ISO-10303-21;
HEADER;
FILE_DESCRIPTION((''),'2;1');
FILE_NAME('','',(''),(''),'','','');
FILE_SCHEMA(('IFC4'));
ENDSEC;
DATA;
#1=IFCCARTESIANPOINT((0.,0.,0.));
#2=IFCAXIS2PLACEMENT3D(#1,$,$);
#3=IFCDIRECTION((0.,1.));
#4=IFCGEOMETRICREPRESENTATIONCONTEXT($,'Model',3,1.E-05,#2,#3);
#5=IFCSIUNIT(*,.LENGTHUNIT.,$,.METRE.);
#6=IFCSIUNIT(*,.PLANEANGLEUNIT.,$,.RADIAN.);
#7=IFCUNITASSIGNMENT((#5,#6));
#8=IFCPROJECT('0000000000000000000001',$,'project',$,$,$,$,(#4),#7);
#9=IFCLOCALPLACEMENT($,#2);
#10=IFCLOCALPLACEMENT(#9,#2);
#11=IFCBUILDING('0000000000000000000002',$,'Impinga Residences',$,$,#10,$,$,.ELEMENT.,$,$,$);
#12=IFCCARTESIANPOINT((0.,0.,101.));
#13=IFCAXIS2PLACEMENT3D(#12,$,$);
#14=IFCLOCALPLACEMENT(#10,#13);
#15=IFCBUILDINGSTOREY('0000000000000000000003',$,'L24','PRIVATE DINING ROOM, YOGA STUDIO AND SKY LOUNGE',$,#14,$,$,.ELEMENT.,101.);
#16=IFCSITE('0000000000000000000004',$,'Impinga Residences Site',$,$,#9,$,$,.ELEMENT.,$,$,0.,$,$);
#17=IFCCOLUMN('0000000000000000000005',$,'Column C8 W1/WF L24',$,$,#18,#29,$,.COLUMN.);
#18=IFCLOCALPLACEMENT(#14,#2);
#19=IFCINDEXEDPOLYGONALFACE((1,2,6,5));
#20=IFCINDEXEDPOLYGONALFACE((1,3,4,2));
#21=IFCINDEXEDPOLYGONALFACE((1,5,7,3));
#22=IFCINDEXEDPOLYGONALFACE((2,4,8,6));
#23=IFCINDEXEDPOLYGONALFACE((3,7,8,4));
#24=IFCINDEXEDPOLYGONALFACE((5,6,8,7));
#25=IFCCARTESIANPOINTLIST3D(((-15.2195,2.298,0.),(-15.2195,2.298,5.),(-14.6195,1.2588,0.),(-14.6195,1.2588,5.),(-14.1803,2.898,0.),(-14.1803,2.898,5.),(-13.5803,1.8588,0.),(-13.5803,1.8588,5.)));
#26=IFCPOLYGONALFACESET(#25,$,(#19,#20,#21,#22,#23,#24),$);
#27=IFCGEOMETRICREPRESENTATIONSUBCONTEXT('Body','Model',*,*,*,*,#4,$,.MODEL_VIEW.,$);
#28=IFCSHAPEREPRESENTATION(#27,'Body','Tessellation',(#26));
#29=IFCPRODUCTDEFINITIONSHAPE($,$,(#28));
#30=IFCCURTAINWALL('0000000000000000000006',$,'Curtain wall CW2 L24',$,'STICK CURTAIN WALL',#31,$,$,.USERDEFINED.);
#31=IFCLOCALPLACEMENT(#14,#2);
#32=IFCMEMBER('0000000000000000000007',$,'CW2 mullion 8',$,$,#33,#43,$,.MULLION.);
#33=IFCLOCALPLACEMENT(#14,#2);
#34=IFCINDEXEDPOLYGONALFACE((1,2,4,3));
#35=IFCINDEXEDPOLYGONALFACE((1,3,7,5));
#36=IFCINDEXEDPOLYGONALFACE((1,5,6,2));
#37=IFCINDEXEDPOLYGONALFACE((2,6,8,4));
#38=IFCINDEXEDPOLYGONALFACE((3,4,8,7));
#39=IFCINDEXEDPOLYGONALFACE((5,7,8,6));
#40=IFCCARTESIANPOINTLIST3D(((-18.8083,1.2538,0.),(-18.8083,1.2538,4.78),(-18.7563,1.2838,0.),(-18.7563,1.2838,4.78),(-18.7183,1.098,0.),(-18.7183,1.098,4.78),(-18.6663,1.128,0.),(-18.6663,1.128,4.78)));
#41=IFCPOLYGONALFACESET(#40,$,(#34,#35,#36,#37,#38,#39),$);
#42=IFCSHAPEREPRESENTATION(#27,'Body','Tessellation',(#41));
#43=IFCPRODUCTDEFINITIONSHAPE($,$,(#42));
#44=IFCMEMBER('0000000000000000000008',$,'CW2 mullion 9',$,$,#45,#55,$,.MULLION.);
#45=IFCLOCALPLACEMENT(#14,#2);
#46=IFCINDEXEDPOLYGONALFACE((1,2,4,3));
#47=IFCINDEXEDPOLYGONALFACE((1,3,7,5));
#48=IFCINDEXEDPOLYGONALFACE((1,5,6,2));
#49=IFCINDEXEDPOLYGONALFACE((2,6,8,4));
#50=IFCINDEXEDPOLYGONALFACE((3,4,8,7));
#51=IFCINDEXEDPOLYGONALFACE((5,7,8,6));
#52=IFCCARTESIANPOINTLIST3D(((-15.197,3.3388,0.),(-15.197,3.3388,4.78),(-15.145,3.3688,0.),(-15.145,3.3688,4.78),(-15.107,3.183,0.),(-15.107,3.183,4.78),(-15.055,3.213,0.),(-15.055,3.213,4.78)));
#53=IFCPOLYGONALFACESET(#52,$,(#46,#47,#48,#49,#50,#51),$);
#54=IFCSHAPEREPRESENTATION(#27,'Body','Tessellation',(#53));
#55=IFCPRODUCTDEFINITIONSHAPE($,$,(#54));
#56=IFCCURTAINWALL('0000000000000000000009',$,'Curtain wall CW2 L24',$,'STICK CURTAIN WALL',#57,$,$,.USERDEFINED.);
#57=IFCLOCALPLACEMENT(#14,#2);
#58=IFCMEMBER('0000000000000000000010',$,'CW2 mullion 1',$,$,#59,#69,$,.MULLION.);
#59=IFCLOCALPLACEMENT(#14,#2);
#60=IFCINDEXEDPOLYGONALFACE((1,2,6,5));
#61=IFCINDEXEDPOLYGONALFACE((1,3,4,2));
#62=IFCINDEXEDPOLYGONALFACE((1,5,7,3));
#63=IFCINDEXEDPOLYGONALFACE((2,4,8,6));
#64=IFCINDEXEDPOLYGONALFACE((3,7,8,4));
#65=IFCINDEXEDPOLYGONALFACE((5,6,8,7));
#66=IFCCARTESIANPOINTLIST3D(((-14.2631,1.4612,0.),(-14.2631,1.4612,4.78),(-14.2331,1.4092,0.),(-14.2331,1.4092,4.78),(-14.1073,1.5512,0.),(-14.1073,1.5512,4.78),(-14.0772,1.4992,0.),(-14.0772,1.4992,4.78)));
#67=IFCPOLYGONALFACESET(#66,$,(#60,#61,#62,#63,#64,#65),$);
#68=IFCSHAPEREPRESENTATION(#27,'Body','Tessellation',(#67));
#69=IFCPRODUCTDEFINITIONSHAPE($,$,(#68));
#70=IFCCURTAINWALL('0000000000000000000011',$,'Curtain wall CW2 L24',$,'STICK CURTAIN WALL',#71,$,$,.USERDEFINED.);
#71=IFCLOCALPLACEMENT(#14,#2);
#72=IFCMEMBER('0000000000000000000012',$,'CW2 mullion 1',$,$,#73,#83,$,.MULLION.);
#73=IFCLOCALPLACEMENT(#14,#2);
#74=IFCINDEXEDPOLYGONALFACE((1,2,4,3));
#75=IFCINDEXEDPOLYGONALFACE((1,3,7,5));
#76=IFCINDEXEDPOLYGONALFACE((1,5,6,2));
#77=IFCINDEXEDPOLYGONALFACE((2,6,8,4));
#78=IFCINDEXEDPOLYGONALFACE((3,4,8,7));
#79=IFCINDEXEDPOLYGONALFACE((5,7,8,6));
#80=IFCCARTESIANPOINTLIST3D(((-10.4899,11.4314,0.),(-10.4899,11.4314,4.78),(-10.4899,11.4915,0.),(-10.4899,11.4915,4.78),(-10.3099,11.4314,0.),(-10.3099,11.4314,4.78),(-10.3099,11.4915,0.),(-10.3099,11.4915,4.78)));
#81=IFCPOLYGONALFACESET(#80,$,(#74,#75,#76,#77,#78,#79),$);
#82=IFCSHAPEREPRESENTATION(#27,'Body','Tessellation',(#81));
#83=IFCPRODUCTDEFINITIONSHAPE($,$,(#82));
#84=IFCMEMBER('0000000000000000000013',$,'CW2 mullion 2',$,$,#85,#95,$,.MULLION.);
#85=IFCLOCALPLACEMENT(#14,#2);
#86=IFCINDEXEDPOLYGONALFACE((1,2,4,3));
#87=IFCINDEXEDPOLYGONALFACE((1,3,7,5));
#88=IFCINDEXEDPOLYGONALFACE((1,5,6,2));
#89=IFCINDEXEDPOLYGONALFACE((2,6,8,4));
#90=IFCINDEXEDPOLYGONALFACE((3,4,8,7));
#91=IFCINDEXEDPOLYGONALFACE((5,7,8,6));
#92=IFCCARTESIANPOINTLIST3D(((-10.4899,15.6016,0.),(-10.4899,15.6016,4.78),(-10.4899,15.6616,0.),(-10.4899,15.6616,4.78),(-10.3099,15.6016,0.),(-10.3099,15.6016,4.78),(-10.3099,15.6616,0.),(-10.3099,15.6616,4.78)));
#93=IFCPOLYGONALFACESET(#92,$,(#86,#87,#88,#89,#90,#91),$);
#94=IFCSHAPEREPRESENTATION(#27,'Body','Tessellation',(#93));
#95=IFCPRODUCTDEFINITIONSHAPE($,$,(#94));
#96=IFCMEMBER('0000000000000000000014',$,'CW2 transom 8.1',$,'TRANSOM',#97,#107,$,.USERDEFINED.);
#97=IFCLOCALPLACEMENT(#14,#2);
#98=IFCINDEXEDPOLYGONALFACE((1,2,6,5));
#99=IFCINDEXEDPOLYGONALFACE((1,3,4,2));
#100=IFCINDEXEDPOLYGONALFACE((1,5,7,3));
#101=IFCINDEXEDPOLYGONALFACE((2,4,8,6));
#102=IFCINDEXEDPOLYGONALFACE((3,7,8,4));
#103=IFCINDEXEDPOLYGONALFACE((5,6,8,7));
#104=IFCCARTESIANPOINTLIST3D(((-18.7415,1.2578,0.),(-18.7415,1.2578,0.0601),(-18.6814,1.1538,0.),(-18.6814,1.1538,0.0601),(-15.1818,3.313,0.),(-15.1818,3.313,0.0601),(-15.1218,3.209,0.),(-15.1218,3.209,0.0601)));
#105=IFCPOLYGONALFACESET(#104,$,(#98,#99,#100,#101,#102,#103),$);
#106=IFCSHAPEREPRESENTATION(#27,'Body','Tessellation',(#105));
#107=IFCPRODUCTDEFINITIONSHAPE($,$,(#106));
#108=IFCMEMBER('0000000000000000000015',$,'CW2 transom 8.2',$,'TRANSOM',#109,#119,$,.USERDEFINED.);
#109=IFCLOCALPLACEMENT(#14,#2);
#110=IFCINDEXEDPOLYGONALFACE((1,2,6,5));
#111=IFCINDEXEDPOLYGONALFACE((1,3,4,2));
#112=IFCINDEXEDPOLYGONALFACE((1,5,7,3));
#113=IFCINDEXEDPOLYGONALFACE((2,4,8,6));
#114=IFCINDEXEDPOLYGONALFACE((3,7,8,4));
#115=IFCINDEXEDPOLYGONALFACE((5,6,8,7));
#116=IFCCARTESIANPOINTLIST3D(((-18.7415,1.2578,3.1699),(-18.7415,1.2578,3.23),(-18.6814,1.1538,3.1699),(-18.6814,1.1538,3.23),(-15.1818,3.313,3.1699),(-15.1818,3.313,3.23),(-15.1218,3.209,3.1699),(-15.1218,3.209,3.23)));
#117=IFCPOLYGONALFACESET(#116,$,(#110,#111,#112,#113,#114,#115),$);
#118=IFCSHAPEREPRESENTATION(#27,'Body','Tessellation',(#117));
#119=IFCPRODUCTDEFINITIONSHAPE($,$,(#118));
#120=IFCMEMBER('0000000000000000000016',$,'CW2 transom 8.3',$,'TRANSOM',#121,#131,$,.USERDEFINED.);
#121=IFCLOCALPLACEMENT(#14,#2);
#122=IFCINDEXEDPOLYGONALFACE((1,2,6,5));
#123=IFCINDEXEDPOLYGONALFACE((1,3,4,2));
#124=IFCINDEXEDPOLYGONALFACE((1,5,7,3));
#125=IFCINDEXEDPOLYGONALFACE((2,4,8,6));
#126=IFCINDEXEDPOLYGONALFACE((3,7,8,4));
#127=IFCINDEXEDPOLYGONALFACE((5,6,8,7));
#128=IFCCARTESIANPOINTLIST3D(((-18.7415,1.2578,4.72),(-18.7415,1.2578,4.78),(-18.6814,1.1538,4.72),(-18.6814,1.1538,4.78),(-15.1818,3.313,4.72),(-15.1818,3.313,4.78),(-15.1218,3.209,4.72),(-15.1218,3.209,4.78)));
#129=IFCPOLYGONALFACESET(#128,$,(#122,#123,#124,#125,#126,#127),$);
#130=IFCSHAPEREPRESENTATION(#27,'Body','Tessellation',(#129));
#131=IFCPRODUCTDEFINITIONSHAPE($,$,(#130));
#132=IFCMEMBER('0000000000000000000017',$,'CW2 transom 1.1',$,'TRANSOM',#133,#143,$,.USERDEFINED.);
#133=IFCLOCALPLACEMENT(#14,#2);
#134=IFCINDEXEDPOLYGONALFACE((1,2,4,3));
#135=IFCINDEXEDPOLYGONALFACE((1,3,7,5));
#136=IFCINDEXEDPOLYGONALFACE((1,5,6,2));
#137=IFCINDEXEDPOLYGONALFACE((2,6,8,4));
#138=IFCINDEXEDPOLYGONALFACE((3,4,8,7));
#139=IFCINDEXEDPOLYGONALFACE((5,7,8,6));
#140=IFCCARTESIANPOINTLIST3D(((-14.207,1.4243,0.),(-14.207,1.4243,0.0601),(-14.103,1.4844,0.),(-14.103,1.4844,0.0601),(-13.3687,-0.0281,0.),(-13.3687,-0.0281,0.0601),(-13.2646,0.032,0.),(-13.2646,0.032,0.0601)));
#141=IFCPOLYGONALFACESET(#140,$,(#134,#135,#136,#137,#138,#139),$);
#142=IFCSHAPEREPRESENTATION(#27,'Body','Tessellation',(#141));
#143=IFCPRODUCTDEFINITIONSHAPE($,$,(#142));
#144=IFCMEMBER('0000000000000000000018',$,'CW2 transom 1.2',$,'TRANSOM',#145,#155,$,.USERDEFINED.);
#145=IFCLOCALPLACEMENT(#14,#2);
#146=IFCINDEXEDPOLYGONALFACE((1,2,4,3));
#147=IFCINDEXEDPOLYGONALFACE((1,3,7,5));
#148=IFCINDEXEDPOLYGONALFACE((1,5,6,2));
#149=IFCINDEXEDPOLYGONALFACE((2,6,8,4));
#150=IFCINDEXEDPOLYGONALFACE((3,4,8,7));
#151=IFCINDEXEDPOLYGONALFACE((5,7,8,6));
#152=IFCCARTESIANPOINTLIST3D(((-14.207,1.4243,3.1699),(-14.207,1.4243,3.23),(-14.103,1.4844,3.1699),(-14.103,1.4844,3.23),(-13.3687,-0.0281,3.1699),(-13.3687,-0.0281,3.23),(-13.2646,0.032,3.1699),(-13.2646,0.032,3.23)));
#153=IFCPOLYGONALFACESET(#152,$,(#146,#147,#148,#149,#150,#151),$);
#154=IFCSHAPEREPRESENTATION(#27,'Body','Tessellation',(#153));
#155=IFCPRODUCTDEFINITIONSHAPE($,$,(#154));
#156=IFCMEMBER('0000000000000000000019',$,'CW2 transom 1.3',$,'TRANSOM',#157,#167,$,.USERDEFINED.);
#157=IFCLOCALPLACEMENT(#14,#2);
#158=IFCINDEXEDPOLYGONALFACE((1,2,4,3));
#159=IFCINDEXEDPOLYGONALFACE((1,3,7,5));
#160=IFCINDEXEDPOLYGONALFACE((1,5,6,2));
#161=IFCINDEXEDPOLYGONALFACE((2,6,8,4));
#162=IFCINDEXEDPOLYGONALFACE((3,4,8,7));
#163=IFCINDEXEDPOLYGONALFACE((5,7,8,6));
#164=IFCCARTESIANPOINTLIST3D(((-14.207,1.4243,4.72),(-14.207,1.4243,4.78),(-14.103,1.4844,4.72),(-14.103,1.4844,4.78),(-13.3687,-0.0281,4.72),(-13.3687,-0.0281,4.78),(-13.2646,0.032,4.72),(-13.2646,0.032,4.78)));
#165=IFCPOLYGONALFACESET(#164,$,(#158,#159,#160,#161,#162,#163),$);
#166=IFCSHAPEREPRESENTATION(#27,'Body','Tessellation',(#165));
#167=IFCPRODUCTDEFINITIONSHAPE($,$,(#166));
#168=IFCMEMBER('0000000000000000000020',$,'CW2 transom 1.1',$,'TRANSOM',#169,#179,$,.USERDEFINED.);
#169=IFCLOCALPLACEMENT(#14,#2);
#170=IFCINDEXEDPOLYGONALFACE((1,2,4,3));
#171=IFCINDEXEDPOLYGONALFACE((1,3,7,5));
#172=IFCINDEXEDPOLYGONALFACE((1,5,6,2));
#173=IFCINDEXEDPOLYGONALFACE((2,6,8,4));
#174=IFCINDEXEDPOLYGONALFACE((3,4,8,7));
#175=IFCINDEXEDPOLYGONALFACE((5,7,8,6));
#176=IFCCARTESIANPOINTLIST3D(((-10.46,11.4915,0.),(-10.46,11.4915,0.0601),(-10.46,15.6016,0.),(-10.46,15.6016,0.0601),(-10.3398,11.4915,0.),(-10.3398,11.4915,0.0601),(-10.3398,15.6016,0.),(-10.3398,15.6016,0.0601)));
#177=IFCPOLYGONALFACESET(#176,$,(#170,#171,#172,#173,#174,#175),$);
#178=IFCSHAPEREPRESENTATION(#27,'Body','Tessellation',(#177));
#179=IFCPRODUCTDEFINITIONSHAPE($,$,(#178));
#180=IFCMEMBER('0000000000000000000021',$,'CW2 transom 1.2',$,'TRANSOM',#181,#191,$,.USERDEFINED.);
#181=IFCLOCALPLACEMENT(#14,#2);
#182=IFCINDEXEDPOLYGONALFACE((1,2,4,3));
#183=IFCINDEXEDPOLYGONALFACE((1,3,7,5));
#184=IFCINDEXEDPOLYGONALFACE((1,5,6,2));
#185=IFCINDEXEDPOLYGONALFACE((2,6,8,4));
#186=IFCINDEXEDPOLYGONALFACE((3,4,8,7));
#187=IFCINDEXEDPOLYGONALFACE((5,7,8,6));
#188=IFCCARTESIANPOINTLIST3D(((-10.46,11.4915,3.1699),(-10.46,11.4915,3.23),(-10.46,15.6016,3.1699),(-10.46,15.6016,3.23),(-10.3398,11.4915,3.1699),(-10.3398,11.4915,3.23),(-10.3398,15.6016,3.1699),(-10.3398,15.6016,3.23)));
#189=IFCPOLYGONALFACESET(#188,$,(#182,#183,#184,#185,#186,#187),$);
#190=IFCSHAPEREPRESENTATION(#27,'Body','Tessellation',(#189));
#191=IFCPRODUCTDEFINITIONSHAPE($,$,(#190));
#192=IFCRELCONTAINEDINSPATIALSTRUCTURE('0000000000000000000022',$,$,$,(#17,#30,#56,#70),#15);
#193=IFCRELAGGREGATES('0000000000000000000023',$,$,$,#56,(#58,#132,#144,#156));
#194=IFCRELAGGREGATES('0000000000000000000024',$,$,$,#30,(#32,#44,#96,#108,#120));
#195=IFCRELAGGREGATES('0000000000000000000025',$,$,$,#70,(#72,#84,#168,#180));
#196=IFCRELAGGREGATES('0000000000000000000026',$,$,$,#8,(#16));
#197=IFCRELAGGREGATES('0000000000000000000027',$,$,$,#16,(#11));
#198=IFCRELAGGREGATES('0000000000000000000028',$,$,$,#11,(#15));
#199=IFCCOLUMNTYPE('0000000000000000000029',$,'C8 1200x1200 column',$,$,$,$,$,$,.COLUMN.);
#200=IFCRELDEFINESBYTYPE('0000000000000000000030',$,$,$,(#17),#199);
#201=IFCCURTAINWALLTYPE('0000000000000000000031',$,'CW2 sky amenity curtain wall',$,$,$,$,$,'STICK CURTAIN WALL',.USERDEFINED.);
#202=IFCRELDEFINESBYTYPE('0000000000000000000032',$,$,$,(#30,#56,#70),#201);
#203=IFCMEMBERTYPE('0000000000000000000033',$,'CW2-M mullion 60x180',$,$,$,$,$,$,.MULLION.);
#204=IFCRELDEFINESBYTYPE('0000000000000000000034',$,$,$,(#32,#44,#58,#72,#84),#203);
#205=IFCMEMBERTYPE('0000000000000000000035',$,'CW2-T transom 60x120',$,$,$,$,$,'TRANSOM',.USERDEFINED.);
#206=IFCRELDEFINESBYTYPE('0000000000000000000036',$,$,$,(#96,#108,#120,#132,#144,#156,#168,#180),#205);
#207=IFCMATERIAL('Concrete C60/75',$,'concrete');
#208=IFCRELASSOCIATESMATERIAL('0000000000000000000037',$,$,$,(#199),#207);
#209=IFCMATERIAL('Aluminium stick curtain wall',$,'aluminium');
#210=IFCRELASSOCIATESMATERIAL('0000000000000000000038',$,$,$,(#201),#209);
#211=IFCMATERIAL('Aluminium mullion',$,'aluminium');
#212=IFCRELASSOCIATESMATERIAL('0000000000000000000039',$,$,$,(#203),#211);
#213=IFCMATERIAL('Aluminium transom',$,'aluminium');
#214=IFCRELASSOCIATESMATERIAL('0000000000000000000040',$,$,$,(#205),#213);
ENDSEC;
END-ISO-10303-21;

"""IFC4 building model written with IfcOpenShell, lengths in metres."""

from ifc_helpers import new_model, si_unit, direction, frame, origin, origin_2d, place, context, subcontext, project, spatial, rectangle, extrude, material, material_profile, profile_set, type_object, element, aggregate, save


model = new_model("IFC4")

# Units and contexts
model_context = context("Model", 3, precision=1e-05, world=origin(), true_north=direction((0.0, 1.0)))
body_context = subcontext(model_context, "Body", "Model", "MODEL_VIEW")
ifc_project = project(units=[si_unit("LENGTHUNIT", "METRE"), si_unit("PLANEANGLEUNIT", "RADIAN")], contexts=[model_context])

# Site, building, storey
site_placement = place(None, origin())
site = spatial("IfcSite", under=ifc_project, at=site_placement, Name="Impinga Residences Site", CompositionType="ELEMENT", RefElevation=0.0)
building_placement = place(site_placement, origin())
building = spatial("IfcBuilding", under=site, at=building_placement, Name="Impinga Residences", CompositionType="ELEMENT")
storey_placement = place(building_placement, frame((0.0, 0.0, 101.0)))
storey = spatial("IfcBuildingStorey", under=building, at=storey_placement, Name="L24", Description="PRIVATE DINING ROOM, YOGA STUDIO AND SKY LOUNGE", CompositionType="ELEMENT", Elevation=101.0)

# Column
ifc_material_1 = material(Name="Concrete C60/75", Category="concrete")
ifc_material_profile_1 = material_profile(ifc_material_1, rectangle(XDim=1.2, YDim=1.2, at=origin_2d()), Name="RC 1200x1200")
ifc_profile_set_1 = profile_set([ifc_material_profile_1], Name="Concrete C60/75")
column_type = type_object("IfcColumnType", Name="C8 1200x1200 column", PredefinedType="COLUMN", material=ifc_profile_set_1)
column_placement = place(storey_placement, frame((-14.3999, 2.0784, 0.0), z_axis=(0.0, 0.0, 1.0), x_axis=(-0.5, 0.866025, 0.0)))
element("IfcColumn", 1, at=column_placement, inside=storey, type_object=column_type, Name="Column C8 W1/WF L24", PredefinedType="COLUMN", context=body_context, shape_type="SweptSolid", body=[
    extrude(rectangle(XDim=1.2, YDim=1.2, at=origin_2d()), origin(), (0.0, 0.0, 1.0), 5.0),
])

# Curtain wall, members
ifc_material_2 = material(Name="Aluminium stick curtain wall", Category="aluminium")
curtain_wall_type = type_object("IfcCurtainWallType", Name="CW2 sky amenity curtain wall", ElementType="STICK CURTAIN WALL", PredefinedType="USERDEFINED", material=ifc_material_2)
curtain_wall_1_placement = place(storey_placement, origin())
curtain_wall_1 = element("IfcCurtainWall", 2, at=curtain_wall_1_placement, inside=storey, type_object=curtain_wall_type, Name="Curtain wall CW2 L24", ObjectType="STICK CURTAIN WALL", PredefinedType="USERDEFINED")
ifc_material_3 = material(Name="Aluminium mullion", Category="aluminium")
ifc_material_profile_2 = material_profile(ifc_material_3, rectangle(XDim=0.0601, YDim=0.1799, at=origin_2d()), Name="60x180 mullion")
ifc_profile_set_2 = profile_set([ifc_material_profile_2], Name="Aluminium mullion")
member_type_1 = type_object("IfcMemberType", Name="CW2-M mullion 60x180", PredefinedType="MULLION", material=ifc_profile_set_2)
member_1_placement = place(storey_placement, frame((-18.7373, 1.1909, 0.0), z_axis=(0.0, 0.0, 1.0), x_axis=(0.866025, 0.5, 0.0)))
member_1 = element("IfcMember", 3, at=member_1_placement, type_object=member_type_1, Name="CW2 mullion 8", PredefinedType="MULLION", context=body_context, shape_type="SweptSolid", body=[
    extrude(rectangle(XDim=0.0601, YDim=0.1799, at=origin_2d()), origin(), (0.0, 0.0, 1.0), 4.78),
])
member_2_placement = place(storey_placement, frame((-15.126, 3.2759, 0.0), z_axis=(0.0, 0.0, 1.0), x_axis=(0.866025, 0.5, 0.0)))
member_2 = element("IfcMember", 4, at=member_2_placement, type_object=member_type_1, Name="CW2 mullion 9", PredefinedType="MULLION", context=body_context, shape_type="SweptSolid", body=[
    extrude(rectangle(XDim=0.0601, YDim=0.1799, at=origin_2d()), origin(), (0.0, 0.0, 1.0), 4.78),
])

# Curtain wall, member
curtain_wall_2_placement = place(storey_placement, origin())
curtain_wall_2 = element("IfcCurtainWall", 5, at=curtain_wall_2_placement, inside=storey, type_object=curtain_wall_type, Name="Curtain wall CW2 L24", ObjectType="STICK CURTAIN WALL", PredefinedType="USERDEFINED")
member_3_placement = place(storey_placement, frame((-14.1702, 1.4802, 0.0), z_axis=(0.0, 0.0, 1.0), x_axis=(0.5, -0.866025, 0.0)))
member_3 = element("IfcMember", 6, at=member_3_placement, type_object=member_type_1, Name="CW2 mullion 1", PredefinedType="MULLION", context=body_context, shape_type="SweptSolid", body=[
    extrude(rectangle(XDim=0.0601, YDim=0.1799, at=origin_2d()), origin(), (0.0, 0.0, 1.0), 4.78),
])

# Curtain wall, members
curtain_wall_3_placement = place(storey_placement, origin())
curtain_wall_3 = element("IfcCurtainWall", 7, at=curtain_wall_3_placement, inside=storey, type_object=curtain_wall_type, Name="Curtain wall CW2 L24", ObjectType="STICK CURTAIN WALL", PredefinedType="USERDEFINED")
member_4_placement = place(storey_placement, frame((-10.3999, 11.4614, 0.0), z_axis=(0.0, 0.0, 1.0), x_axis=(0.0, 1.0, 0.0)))
member_4 = element("IfcMember", 8, at=member_4_placement, type_object=member_type_1, Name="CW2 mullion 1", PredefinedType="MULLION", context=body_context, shape_type="SweptSolid", body=[
    extrude(rectangle(XDim=0.0601, YDim=0.1799, at=origin_2d()), origin(), (0.0, 0.0, 1.0), 4.78),
])
member_5_placement = place(storey_placement, frame((-10.3999, 15.6316, 0.0), z_axis=(0.0, 0.0, 1.0), x_axis=(0.0, 1.0, 0.0)))
member_5 = element("IfcMember", 9, at=member_5_placement, type_object=member_type_1, Name="CW2 mullion 2", PredefinedType="MULLION", context=body_context, shape_type="SweptSolid", body=[
    extrude(rectangle(XDim=0.0601, YDim=0.1799, at=origin_2d()), origin(), (0.0, 0.0, 1.0), 4.78),
])

# Members
ifc_material_4 = material(Name="Aluminium transom", Category="aluminium")
ifc_material_profile_3 = material_profile(ifc_material_4, rectangle(XDim=0.0601, YDim=0.1201, at=origin_2d()), Name="60x120 transom")
ifc_profile_set_3 = profile_set([ifc_material_profile_3], Name="Aluminium transom")
member_type_2 = type_object("IfcMemberType", Name="CW2-T transom 60x120", ElementType="TRANSOM", PredefinedType="USERDEFINED", material=ifc_profile_set_3)
member_6_placement = place(storey_placement, frame((-18.7114, 1.2058, 0.03), z_axis=(0.866019, 0.50001, 0.0), x_axis=(0.0, 0.0, 1.0)))
member_6 = element("IfcMember", 10, at=member_6_placement, type_object=member_type_2, Name="CW2 transom 8.1", ObjectType="TRANSOM", PredefinedType="USERDEFINED", context=body_context, shape_type="SweptSolid", body=[
    extrude(rectangle(XDim=0.0601, YDim=0.1201, at=origin_2d()), origin(), (0.0, 0.0, 1.0), 4.1104),
])
member_7_placement = place(storey_placement, frame((-18.7114, 1.2058, 3.2), z_axis=(0.866019, 0.50001, 0.0), x_axis=(0.0, 0.0, 1.0)))
member_7 = element("IfcMember", 11, at=member_7_placement, type_object=member_type_2, Name="CW2 transom 8.2", ObjectType="TRANSOM", PredefinedType="USERDEFINED", context=body_context, shape_type="SweptSolid", body=[
    extrude(rectangle(XDim=0.0601, YDim=0.1201, at=origin_2d()), origin(), (0.0, 0.0, 1.0), 4.1104),
])
member_8_placement = place(storey_placement, frame((-18.7114, 1.2058, 4.75), z_axis=(0.866019, 0.50001, 0.0), x_axis=(0.0, 0.0, 1.0)))
member_8 = element("IfcMember", 12, at=member_8_placement, type_object=member_type_2, Name="CW2 transom 8.3", ObjectType="TRANSOM", PredefinedType="USERDEFINED", context=body_context, shape_type="SweptSolid", body=[
    extrude(rectangle(XDim=0.0601, YDim=0.1201, at=origin_2d()), origin(), (0.0, 0.0, 1.0), 4.1104),
])
member_9_placement = place(storey_placement, frame((-14.155, 1.4543, 0.03), z_axis=(0.499928, -0.866067, 0.0), x_axis=(0.0, 0.0, 1.0)))
member_9 = element("IfcMember", 13, at=member_9_placement, type_object=member_type_2, Name="CW2 transom 1.1", ObjectType="TRANSOM", PredefinedType="USERDEFINED", context=body_context, shape_type="SweptSolid", body=[
    extrude(rectangle(XDim=0.0601, YDim=0.1201, at=origin_2d()), origin(), (0.0, 0.0, 1.0), 1.677),
])
member_10_placement = place(storey_placement, frame((-14.155, 1.4543, 3.2), z_axis=(0.499928, -0.866067, 0.0), x_axis=(0.0, 0.0, 1.0)))
member_10 = element("IfcMember", 14, at=member_10_placement, type_object=member_type_2, Name="CW2 transom 1.2", ObjectType="TRANSOM", PredefinedType="USERDEFINED", context=body_context, shape_type="SweptSolid", body=[
    extrude(rectangle(XDim=0.0601, YDim=0.1201, at=origin_2d()), origin(), (0.0, 0.0, 1.0), 1.677),
])
member_11_placement = place(storey_placement, frame((-14.155, 1.4543, 4.75), z_axis=(0.499928, -0.866067, 0.0), x_axis=(0.0, 0.0, 1.0)))
member_11 = element("IfcMember", 15, at=member_11_placement, type_object=member_type_2, Name="CW2 transom 1.3", ObjectType="TRANSOM", PredefinedType="USERDEFINED", context=body_context, shape_type="SweptSolid", body=[
    extrude(rectangle(XDim=0.0601, YDim=0.1201, at=origin_2d()), origin(), (0.0, 0.0, 1.0), 1.677),
])
aggregate(curtain_wall_2, [member_3, member_9, member_10, member_11])
member_12_placement = place(storey_placement, frame((-10.3999, 11.4915, 0.03), z_axis=(0.0, 1.0, 0.0), x_axis=(0.0, 0.0, 1.0)))
member_12 = element("IfcMember", 16, at=member_12_placement, type_object=member_type_2, Name="CW2 transom 1.1", ObjectType="TRANSOM", PredefinedType="USERDEFINED", context=body_context, shape_type="SweptSolid", body=[
    extrude(rectangle(XDim=0.0601, YDim=0.1201, at=origin_2d()), origin(), (0.0, 0.0, 1.0), 4.1101),
])
member_13_placement = place(storey_placement, frame((-10.3999, 11.4915, 3.2), z_axis=(0.0, 1.0, 0.0), x_axis=(0.0, 0.0, 1.0)))
member_13 = element("IfcMember", 17, at=member_13_placement, type_object=member_type_2, Name="CW2 transom 1.2", ObjectType="TRANSOM", PredefinedType="USERDEFINED", context=body_context, shape_type="SweptSolid", body=[
    extrude(rectangle(XDim=0.0601, YDim=0.1201, at=origin_2d()), origin(), (0.0, 0.0, 1.0), 4.1101),
])

aggregate(curtain_wall_1, [member_1, member_2, member_6, member_7, member_8])
aggregate(curtain_wall_3, [member_4, member_5, member_12, member_13])

save(model, "model.ifc")
